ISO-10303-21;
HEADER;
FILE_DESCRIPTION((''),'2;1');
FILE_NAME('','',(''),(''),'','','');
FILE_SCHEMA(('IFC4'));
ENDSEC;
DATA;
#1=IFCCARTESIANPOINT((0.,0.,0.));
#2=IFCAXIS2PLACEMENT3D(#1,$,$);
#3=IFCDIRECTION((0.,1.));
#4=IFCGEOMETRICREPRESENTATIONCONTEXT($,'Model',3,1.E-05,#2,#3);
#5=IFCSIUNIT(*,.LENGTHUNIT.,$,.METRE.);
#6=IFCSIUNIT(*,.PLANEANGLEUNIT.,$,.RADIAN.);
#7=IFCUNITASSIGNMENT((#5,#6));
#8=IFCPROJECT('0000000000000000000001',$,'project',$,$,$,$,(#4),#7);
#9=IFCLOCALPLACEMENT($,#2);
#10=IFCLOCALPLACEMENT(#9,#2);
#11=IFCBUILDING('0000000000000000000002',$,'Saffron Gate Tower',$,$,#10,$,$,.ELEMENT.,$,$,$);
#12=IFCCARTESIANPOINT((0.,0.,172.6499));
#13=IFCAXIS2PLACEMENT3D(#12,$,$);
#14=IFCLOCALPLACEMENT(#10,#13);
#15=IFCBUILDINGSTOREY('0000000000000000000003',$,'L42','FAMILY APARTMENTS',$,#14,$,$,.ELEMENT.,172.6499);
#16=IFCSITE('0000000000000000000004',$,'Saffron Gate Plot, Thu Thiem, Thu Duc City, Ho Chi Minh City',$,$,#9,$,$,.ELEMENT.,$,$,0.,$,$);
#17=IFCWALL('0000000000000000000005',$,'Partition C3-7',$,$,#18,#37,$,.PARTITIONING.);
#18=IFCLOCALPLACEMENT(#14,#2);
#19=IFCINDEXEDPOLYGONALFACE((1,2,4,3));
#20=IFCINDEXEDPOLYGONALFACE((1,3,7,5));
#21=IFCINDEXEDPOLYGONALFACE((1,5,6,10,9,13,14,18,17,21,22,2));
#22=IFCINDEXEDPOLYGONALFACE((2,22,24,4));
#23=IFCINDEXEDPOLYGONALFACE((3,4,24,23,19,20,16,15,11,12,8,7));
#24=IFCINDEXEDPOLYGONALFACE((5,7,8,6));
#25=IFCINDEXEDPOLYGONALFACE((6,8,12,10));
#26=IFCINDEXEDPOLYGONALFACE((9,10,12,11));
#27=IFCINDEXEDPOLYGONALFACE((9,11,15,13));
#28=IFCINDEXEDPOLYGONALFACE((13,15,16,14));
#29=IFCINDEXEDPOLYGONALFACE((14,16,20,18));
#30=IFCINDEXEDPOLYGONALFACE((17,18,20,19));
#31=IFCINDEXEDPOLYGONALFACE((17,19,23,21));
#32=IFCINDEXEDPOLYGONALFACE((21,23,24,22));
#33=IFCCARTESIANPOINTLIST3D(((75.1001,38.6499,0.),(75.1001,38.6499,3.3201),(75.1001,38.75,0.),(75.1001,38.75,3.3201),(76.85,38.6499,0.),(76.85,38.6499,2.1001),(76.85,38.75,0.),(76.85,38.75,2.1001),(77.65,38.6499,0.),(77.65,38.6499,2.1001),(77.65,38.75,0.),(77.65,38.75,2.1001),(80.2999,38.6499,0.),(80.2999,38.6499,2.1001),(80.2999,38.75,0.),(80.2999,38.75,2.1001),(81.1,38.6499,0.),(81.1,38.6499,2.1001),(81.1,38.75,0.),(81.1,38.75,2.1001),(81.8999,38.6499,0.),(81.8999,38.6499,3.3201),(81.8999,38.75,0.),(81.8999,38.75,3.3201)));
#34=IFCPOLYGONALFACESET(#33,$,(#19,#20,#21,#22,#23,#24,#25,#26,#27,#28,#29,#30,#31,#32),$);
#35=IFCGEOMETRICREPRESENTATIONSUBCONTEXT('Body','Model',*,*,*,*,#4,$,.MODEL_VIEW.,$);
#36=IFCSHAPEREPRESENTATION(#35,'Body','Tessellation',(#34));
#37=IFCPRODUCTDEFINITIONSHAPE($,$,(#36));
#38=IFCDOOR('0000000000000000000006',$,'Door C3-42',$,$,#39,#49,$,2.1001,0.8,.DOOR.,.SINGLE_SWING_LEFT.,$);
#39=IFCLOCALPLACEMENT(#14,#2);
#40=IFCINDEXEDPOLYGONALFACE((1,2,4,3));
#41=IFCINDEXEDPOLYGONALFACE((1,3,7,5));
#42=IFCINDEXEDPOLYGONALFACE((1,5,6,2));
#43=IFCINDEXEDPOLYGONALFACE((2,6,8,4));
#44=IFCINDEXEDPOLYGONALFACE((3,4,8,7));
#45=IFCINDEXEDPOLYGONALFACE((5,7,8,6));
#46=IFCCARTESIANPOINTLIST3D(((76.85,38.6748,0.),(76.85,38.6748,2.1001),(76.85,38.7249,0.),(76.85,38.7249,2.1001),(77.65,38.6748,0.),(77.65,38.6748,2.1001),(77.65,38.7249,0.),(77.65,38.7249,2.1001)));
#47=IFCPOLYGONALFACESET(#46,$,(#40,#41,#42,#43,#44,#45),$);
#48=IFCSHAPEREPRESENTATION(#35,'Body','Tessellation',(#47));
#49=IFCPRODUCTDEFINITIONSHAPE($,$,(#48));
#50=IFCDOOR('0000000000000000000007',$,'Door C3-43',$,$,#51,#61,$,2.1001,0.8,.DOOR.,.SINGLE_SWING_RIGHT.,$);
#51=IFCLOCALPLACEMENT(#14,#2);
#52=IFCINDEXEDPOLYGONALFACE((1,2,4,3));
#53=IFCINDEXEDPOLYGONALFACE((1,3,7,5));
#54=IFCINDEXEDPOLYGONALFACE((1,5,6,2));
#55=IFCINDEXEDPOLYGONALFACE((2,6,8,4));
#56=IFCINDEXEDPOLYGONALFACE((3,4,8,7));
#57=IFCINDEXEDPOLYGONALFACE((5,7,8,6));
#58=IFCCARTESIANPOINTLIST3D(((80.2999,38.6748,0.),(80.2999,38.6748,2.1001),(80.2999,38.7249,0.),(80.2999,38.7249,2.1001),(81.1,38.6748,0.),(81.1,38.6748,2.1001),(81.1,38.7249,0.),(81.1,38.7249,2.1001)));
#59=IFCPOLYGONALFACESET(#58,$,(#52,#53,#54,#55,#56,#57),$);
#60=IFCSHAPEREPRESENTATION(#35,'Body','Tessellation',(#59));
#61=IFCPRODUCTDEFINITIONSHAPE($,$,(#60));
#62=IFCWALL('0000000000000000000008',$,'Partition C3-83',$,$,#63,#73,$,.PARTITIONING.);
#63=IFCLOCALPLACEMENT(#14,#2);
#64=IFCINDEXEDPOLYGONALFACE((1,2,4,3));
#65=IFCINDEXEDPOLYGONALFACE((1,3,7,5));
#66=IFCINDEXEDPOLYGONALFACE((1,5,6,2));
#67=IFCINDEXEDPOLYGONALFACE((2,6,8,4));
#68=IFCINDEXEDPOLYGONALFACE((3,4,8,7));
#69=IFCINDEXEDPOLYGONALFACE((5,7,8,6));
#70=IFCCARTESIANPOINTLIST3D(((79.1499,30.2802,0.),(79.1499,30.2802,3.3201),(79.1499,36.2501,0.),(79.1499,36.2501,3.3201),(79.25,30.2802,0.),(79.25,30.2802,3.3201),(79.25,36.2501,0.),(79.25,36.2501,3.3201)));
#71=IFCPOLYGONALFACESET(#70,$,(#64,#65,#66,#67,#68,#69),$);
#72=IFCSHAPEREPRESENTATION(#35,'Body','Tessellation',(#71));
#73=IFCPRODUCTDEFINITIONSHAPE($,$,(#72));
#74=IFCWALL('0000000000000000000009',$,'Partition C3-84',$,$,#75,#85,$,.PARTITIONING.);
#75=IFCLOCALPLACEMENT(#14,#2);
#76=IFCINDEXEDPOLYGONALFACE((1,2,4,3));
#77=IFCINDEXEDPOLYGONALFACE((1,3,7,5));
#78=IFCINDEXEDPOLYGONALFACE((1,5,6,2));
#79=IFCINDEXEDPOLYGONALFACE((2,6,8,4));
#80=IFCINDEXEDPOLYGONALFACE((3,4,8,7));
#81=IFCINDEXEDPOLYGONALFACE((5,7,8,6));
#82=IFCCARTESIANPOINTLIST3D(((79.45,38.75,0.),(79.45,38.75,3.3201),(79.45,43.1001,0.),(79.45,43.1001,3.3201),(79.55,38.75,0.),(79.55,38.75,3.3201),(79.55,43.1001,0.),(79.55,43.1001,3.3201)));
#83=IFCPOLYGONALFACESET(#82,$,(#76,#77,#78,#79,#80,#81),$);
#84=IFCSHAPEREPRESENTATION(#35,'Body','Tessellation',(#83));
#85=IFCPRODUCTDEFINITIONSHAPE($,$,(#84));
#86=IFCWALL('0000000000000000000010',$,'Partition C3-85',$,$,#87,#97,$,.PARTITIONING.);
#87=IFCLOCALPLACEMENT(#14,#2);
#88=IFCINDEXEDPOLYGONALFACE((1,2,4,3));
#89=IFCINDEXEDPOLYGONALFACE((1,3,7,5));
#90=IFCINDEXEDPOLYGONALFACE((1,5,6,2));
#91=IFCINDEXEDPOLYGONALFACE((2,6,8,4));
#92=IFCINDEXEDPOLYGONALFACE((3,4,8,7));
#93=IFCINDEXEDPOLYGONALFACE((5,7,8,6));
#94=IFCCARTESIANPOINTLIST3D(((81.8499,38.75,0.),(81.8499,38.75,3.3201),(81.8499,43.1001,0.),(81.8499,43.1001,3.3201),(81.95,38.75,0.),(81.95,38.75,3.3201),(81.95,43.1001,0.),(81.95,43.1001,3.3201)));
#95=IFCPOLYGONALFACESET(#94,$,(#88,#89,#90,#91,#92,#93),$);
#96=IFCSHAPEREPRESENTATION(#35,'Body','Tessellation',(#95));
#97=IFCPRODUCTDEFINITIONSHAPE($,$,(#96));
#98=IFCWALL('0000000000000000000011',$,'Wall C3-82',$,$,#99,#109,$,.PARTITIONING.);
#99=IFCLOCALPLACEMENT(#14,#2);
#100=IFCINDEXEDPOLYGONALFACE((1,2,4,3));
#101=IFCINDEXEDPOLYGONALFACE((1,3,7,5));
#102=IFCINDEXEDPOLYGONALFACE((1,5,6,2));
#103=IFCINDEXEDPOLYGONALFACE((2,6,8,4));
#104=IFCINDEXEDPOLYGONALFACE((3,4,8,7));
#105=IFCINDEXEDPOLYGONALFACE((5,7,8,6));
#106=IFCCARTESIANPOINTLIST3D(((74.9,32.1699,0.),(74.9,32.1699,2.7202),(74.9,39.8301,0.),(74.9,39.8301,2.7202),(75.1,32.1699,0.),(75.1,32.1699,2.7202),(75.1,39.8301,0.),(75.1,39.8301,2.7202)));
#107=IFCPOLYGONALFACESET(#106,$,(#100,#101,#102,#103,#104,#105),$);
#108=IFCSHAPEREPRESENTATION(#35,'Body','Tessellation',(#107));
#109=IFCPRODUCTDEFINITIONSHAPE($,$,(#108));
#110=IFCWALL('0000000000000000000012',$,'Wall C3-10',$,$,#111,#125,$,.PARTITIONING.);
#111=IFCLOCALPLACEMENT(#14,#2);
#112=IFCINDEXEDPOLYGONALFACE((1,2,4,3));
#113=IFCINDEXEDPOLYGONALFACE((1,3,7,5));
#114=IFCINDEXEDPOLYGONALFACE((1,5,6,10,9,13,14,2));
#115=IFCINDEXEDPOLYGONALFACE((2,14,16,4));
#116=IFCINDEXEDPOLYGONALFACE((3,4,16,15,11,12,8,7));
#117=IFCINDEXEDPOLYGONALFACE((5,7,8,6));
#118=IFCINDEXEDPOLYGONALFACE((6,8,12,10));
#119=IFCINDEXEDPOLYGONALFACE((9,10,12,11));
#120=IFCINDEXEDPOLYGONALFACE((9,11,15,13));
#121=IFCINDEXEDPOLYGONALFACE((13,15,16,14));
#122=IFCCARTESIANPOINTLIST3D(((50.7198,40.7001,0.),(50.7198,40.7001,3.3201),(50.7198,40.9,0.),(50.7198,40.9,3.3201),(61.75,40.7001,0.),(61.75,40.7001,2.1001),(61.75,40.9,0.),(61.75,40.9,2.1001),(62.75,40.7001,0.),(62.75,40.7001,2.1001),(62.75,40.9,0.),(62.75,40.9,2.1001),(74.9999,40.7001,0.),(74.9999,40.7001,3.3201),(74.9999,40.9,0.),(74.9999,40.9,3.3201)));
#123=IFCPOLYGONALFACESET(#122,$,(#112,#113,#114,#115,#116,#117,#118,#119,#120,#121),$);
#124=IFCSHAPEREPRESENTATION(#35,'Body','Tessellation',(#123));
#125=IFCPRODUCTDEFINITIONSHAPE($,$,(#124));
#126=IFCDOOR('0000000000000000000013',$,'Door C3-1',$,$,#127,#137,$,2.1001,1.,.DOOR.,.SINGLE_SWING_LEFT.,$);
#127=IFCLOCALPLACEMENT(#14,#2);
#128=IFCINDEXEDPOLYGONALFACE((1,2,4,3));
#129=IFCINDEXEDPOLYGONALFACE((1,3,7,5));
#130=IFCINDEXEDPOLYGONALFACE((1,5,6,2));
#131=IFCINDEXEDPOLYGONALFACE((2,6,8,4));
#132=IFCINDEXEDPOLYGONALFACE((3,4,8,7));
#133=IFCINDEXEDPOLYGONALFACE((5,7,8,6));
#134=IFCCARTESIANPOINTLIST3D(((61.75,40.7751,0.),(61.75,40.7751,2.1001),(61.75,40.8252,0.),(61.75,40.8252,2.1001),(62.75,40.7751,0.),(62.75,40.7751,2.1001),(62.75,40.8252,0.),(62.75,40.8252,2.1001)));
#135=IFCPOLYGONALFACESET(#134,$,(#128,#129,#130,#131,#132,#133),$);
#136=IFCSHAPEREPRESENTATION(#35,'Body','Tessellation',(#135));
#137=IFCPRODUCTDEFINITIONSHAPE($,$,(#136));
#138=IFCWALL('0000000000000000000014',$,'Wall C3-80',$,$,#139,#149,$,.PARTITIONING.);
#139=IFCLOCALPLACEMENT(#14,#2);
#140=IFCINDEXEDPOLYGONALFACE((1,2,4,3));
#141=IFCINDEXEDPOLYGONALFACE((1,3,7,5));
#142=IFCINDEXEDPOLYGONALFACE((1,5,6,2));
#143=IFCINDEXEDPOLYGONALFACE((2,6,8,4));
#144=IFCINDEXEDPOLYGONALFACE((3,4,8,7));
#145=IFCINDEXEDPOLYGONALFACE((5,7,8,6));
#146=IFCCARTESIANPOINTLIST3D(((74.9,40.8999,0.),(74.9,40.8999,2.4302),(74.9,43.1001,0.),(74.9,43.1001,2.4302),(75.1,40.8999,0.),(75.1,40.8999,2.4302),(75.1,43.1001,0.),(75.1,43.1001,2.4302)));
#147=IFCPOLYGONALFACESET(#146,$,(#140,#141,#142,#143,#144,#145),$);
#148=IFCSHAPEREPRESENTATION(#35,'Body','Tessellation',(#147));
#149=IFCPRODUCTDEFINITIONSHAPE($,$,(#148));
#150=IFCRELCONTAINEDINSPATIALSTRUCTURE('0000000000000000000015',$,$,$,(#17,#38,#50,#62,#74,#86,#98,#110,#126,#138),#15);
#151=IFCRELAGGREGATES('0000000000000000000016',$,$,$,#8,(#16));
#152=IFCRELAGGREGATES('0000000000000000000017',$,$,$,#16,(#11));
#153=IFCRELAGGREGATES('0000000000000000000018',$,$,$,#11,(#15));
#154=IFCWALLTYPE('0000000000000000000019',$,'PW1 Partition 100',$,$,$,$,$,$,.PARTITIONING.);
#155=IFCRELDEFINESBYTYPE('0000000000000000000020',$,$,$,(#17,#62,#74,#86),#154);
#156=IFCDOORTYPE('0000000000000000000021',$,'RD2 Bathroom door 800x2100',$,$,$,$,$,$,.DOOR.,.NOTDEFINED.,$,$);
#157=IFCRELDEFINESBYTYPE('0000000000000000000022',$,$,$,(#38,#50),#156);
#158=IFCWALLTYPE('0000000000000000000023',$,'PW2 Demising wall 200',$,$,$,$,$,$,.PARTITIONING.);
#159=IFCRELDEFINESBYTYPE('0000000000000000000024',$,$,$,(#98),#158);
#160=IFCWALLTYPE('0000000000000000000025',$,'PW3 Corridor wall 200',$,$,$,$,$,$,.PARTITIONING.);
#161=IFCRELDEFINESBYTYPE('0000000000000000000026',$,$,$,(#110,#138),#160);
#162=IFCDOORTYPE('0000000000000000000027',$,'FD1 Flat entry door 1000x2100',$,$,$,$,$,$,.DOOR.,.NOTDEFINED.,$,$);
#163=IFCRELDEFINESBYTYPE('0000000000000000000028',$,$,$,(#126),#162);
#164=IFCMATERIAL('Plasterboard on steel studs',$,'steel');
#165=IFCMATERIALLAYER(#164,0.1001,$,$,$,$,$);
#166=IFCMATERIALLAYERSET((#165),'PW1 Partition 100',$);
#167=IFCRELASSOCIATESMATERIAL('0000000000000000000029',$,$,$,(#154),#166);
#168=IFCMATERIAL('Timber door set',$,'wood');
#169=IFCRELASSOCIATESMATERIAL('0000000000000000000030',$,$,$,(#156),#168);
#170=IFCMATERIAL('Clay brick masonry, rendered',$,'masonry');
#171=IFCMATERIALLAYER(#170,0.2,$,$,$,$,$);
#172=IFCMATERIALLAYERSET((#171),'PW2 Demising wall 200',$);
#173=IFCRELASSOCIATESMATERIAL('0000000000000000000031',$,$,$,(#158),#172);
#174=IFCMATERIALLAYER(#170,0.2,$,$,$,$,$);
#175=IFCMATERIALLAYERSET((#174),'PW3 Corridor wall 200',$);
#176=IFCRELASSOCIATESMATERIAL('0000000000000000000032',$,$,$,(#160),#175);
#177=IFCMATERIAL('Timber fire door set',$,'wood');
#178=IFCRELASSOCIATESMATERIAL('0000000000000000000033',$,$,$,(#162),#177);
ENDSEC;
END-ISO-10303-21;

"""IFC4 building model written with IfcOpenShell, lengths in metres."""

from ifc_helpers import new_model, si_unit, direction, frame, frame_2d, origin, place, context, subcontext, project, spatial, rectangle, extrude, material, layer, layer_set, type_object, element, fill, save


model = new_model("IFC4")

# Units and contexts
model_context = context("Model", 3, precision=1e-05, world=origin(), true_north=direction((0.0, 1.0)))
body_context = subcontext(model_context, "Body", "Model", "MODEL_VIEW")
ifc_project = project(units=[si_unit("LENGTHUNIT", "METRE"), si_unit("PLANEANGLEUNIT", "RADIAN")], contexts=[model_context])

# Site, building, storey
site_placement = place(None, origin())
site = spatial("IfcSite", under=ifc_project, at=site_placement, Name="Saffron Gate Plot, Thu Thiem, Thu Duc City, Ho Chi Minh City", CompositionType="ELEMENT", RefElevation=0.0)
building_placement = place(site_placement, origin())
building = spatial("IfcBuilding", under=site, at=building_placement, Name="Saffron Gate Tower", CompositionType="ELEMENT")
storey_placement = place(building_placement, frame((0.0, 0.0, 172.6499)))
storey = spatial("IfcBuildingStorey", under=building, at=storey_placement, Name="L42", Description="FAMILY APARTMENTS", CompositionType="ELEMENT", Elevation=172.6499)

# Wall, openings, doors
ifc_material_1 = material(Name="Plasterboard on steel studs", Category="steel")
ifc_layer_1 = layer(ifc_material_1, 0.1001)
ifc_layer_set_1 = layer_set([ifc_layer_1], Name="PW1 Partition 100")
wall_type_1 = type_object("IfcWallType", Name="PW1 Partition 100", PredefinedType="PARTITIONING", material=ifc_layer_set_1)
wall_1_placement = place(storey_placement, frame((75.1001, 38.7, 0.0), z_axis=(0.0, 0.0, 1.0), x_axis=(1.0, 0.0, 0.0)))
wall_1 = element("IfcWall", 1, at=wall_1_placement, inside=storey, type_object=wall_type_1, Name="Partition C3-7", PredefinedType="PARTITIONING", context=body_context, shape_type="SweptSolid", body=[
    extrude(rectangle(XDim=6.7998, YDim=0.1001, at=frame_2d((3.3999, 0.0))), origin(), (0.0, 0.0, 1.0), 3.3201),
])
opening_1_placement = place(wall_1_placement, frame((1.75, 0.0, 0.0)))
opening_1 = element("IfcOpeningElement", 2, at=opening_1_placement, cuts=wall_1, PredefinedType="OPENING", context=body_context, shape_type="SweptSolid", body=[
    extrude(rectangle(XDim=0.8, YDim=2.1001, at=frame_2d((0.3999, 1.05))), frame((0.0, 0.0601, 0.0), z_axis=(0.0, -1.0, 0.0), x_axis=(1.0, 0.0, 0.0)), (0.0, 0.0, 1.0), 0.1201),
])
opening_2_placement = place(wall_1_placement, frame((5.2, 0.0, 0.0)))
opening_2 = element("IfcOpeningElement", 3, at=opening_2_placement, cuts=wall_1, PredefinedType="OPENING", context=body_context, shape_type="SweptSolid", body=[
    extrude(rectangle(XDim=0.8, YDim=2.1001, at=frame_2d((0.3999, 1.05))), frame((0.0, 0.0601, 0.0), z_axis=(0.0, -1.0, 0.0), x_axis=(1.0, 0.0, 0.0)), (0.0, 0.0, 1.0), 0.1201),
])
ifc_material_2 = material(Name="Timber door set", Category="wood")
door_type_1 = type_object("IfcDoorType", Name="RD2 Bathroom door 800x2100", OperationType="NOTDEFINED", PredefinedType="DOOR", material=ifc_material_2)
door_1_placement = place(opening_1_placement, origin())
door_1 = element("IfcDoor", 4, at=door_1_placement, inside=storey, type_object=door_type_1, Name="Door C3-42", OperationType="SINGLE_SWING_LEFT", OverallHeight=2.1001, OverallWidth=0.8, PredefinedType="DOOR", context=body_context, shape_type="SweptSolid", body=[
    extrude(rectangle(XDim=0.8, YDim=2.1001, at=frame_2d((0.3999, 1.05))), frame((0.0, 0.0249, 0.0), z_axis=(0.0, -1.0, 0.0), x_axis=(1.0, 0.0, 0.0)), (0.0, 0.0, 1.0), 0.05),
])
fill(opening_1, door_1)
door_2_placement = place(opening_2_placement, origin())
door_2 = element("IfcDoor", 5, at=door_2_placement, inside=storey, type_object=door_type_1, Name="Door C3-43", OperationType="SINGLE_SWING_RIGHT", OverallHeight=2.1001, OverallWidth=0.8, PredefinedType="DOOR", context=body_context, shape_type="SweptSolid", body=[
    extrude(rectangle(XDim=0.8, YDim=2.1001, at=frame_2d((0.3999, 1.05))), frame((0.0, 0.0249, 0.0), z_axis=(0.0, -1.0, 0.0), x_axis=(1.0, 0.0, 0.0)), (0.0, 0.0, 1.0), 0.05),
])
fill(opening_2, door_2)

# Walls
wall_2_placement = place(storey_placement, frame((79.2, 36.25, 0.0), z_axis=(0.0, 0.0, 1.0), x_axis=(0.0, -1.0, 0.0)))
element("IfcWall", 6, at=wall_2_placement, inside=storey, type_object=wall_type_1, Name="Partition C3-83", PredefinedType="PARTITIONING", context=body_context, shape_type="SweptSolid", body=[
    extrude(rectangle(XDim=5.97, YDim=0.1001, at=frame_2d((2.9849, 0.0))), origin(), (0.0, 0.0, 1.0), 3.3201),
])
for number, where, z_axis, x_axis, name in (
    (7, (79.5, 43.1001, 0.0), (0.0, 0.0, 1.0), (0.0, -1.0, 0.0), "Partition C3-84"),
    (8, (81.8999, 43.1001, 0.0), (0.0, 0.0, 1.0), (0.0, -1.0, 0.0), "Partition C3-85"),
):
    element("IfcWall", number, at=place(storey_placement, frame(where, z_axis=z_axis, x_axis=x_axis)), inside=storey, type_object=wall_type_1, Name=name, PredefinedType="PARTITIONING", context=body_context, shape_type="SweptSolid", body=[
        extrude(rectangle(XDim=4.3501, YDim=0.1001, at=frame_2d((2.175, 0.0))), origin(), (0.0, 0.0, 1.0), 3.3201),
    ])
ifc_material_3 = material(Name="Clay brick masonry, rendered", Category="masonry")
ifc_layer_2 = layer(ifc_material_3, 0.2)
ifc_layer_set_2 = layer_set([ifc_layer_2], Name="PW2 Demising wall 200")
wall_type_2 = type_object("IfcWallType", Name="PW2 Demising wall 200", PredefinedType="PARTITIONING", material=ifc_layer_set_2)
wall_3_placement = place(storey_placement, frame((75.0, 39.8301, 0.0), z_axis=(0.0, 0.0, 1.0), x_axis=(0.0, -1.0, 0.0)))
element("IfcWall", 9, at=wall_3_placement, inside=storey, type_object=wall_type_2, Name="Wall C3-82", PredefinedType="PARTITIONING", context=body_context, shape_type="SweptSolid", body=[
    extrude(rectangle(XDim=7.6602, YDim=0.2, at=frame_2d((3.8301, 0.0))), origin(), (0.0, 0.0, 1.0), 2.7202),
])

# Wall, opening, door
ifc_layer_3 = layer(ifc_material_3, 0.2)
ifc_layer_set_3 = layer_set([ifc_layer_3], Name="PW3 Corridor wall 200")
wall_type_3 = type_object("IfcWallType", Name="PW3 Corridor wall 200", PredefinedType="PARTITIONING", material=ifc_layer_set_3)
wall_4_placement = place(storey_placement, frame((75.0, 40.8, 0.0), z_axis=(0.0, 0.0, 1.0), x_axis=(-1.0, 0.0, 0.0)))
wall_4 = element("IfcWall", 10, at=wall_4_placement, inside=storey, type_object=wall_type_3, Name="Wall C3-10", PredefinedType="PARTITIONING", context=body_context, shape_type="SweptSolid", body=[
    extrude(rectangle(XDim=24.28, YDim=0.2, at=frame_2d((12.1401, 0.0))), origin(), (0.0, 0.0, 1.0), 3.3201),
])
opening_3_placement = place(wall_4_placement, frame((12.25, 0.0, 0.0)))
opening_3 = element("IfcOpeningElement", 11, at=opening_3_placement, cuts=wall_4, PredefinedType="OPENING", context=body_context, shape_type="SweptSolid", body=[
    extrude(rectangle(XDim=1.0, YDim=2.1001, at=frame_2d((0.5, 1.05))), frame((0.0, 0.1099, 0.0), z_axis=(0.0, -1.0, 0.0), x_axis=(1.0, 0.0, 0.0)), (0.0, 0.0, 1.0), 0.22),
])
ifc_material_4 = material(Name="Timber fire door set", Category="wood")
door_type_2 = type_object("IfcDoorType", Name="FD1 Flat entry door 1000x2100", OperationType="NOTDEFINED", PredefinedType="DOOR", material=ifc_material_4)
door_3_placement = place(opening_3_placement, origin())
door_3 = element("IfcDoor", 12, at=door_3_placement, inside=storey, type_object=door_type_2, Name="Door C3-1", OperationType="SINGLE_SWING_LEFT", OverallHeight=2.1001, OverallWidth=1.0, PredefinedType="DOOR", context=body_context, shape_type="SweptSolid", body=[
    extrude(rectangle(XDim=1.0, YDim=2.1001, at=frame_2d((0.5, 1.05))), frame((0.0, 0.0249, 0.0), z_axis=(0.0, -1.0, 0.0), x_axis=(1.0, 0.0, 0.0)), (0.0, 0.0, 1.0), 0.05),
])
fill(opening_3, door_3)

# Wall
wall_5_placement = place(storey_placement, frame((75.0, 43.1001, 0.0), z_axis=(0.0, 0.0, 1.0), x_axis=(0.0, -1.0, 0.0)))
element("IfcWall", 13, at=wall_5_placement, inside=storey, type_object=wall_type_3, Name="Wall C3-80", PredefinedType="PARTITIONING", context=body_context, shape_type="SweptSolid", body=[
    extrude(rectangle(XDim=2.2002, YDim=0.2, at=frame_2d((1.1001, 0.0))), origin(), (0.0, 0.0, 1.0), 2.4302),
])

save(model, "model.ifc")
